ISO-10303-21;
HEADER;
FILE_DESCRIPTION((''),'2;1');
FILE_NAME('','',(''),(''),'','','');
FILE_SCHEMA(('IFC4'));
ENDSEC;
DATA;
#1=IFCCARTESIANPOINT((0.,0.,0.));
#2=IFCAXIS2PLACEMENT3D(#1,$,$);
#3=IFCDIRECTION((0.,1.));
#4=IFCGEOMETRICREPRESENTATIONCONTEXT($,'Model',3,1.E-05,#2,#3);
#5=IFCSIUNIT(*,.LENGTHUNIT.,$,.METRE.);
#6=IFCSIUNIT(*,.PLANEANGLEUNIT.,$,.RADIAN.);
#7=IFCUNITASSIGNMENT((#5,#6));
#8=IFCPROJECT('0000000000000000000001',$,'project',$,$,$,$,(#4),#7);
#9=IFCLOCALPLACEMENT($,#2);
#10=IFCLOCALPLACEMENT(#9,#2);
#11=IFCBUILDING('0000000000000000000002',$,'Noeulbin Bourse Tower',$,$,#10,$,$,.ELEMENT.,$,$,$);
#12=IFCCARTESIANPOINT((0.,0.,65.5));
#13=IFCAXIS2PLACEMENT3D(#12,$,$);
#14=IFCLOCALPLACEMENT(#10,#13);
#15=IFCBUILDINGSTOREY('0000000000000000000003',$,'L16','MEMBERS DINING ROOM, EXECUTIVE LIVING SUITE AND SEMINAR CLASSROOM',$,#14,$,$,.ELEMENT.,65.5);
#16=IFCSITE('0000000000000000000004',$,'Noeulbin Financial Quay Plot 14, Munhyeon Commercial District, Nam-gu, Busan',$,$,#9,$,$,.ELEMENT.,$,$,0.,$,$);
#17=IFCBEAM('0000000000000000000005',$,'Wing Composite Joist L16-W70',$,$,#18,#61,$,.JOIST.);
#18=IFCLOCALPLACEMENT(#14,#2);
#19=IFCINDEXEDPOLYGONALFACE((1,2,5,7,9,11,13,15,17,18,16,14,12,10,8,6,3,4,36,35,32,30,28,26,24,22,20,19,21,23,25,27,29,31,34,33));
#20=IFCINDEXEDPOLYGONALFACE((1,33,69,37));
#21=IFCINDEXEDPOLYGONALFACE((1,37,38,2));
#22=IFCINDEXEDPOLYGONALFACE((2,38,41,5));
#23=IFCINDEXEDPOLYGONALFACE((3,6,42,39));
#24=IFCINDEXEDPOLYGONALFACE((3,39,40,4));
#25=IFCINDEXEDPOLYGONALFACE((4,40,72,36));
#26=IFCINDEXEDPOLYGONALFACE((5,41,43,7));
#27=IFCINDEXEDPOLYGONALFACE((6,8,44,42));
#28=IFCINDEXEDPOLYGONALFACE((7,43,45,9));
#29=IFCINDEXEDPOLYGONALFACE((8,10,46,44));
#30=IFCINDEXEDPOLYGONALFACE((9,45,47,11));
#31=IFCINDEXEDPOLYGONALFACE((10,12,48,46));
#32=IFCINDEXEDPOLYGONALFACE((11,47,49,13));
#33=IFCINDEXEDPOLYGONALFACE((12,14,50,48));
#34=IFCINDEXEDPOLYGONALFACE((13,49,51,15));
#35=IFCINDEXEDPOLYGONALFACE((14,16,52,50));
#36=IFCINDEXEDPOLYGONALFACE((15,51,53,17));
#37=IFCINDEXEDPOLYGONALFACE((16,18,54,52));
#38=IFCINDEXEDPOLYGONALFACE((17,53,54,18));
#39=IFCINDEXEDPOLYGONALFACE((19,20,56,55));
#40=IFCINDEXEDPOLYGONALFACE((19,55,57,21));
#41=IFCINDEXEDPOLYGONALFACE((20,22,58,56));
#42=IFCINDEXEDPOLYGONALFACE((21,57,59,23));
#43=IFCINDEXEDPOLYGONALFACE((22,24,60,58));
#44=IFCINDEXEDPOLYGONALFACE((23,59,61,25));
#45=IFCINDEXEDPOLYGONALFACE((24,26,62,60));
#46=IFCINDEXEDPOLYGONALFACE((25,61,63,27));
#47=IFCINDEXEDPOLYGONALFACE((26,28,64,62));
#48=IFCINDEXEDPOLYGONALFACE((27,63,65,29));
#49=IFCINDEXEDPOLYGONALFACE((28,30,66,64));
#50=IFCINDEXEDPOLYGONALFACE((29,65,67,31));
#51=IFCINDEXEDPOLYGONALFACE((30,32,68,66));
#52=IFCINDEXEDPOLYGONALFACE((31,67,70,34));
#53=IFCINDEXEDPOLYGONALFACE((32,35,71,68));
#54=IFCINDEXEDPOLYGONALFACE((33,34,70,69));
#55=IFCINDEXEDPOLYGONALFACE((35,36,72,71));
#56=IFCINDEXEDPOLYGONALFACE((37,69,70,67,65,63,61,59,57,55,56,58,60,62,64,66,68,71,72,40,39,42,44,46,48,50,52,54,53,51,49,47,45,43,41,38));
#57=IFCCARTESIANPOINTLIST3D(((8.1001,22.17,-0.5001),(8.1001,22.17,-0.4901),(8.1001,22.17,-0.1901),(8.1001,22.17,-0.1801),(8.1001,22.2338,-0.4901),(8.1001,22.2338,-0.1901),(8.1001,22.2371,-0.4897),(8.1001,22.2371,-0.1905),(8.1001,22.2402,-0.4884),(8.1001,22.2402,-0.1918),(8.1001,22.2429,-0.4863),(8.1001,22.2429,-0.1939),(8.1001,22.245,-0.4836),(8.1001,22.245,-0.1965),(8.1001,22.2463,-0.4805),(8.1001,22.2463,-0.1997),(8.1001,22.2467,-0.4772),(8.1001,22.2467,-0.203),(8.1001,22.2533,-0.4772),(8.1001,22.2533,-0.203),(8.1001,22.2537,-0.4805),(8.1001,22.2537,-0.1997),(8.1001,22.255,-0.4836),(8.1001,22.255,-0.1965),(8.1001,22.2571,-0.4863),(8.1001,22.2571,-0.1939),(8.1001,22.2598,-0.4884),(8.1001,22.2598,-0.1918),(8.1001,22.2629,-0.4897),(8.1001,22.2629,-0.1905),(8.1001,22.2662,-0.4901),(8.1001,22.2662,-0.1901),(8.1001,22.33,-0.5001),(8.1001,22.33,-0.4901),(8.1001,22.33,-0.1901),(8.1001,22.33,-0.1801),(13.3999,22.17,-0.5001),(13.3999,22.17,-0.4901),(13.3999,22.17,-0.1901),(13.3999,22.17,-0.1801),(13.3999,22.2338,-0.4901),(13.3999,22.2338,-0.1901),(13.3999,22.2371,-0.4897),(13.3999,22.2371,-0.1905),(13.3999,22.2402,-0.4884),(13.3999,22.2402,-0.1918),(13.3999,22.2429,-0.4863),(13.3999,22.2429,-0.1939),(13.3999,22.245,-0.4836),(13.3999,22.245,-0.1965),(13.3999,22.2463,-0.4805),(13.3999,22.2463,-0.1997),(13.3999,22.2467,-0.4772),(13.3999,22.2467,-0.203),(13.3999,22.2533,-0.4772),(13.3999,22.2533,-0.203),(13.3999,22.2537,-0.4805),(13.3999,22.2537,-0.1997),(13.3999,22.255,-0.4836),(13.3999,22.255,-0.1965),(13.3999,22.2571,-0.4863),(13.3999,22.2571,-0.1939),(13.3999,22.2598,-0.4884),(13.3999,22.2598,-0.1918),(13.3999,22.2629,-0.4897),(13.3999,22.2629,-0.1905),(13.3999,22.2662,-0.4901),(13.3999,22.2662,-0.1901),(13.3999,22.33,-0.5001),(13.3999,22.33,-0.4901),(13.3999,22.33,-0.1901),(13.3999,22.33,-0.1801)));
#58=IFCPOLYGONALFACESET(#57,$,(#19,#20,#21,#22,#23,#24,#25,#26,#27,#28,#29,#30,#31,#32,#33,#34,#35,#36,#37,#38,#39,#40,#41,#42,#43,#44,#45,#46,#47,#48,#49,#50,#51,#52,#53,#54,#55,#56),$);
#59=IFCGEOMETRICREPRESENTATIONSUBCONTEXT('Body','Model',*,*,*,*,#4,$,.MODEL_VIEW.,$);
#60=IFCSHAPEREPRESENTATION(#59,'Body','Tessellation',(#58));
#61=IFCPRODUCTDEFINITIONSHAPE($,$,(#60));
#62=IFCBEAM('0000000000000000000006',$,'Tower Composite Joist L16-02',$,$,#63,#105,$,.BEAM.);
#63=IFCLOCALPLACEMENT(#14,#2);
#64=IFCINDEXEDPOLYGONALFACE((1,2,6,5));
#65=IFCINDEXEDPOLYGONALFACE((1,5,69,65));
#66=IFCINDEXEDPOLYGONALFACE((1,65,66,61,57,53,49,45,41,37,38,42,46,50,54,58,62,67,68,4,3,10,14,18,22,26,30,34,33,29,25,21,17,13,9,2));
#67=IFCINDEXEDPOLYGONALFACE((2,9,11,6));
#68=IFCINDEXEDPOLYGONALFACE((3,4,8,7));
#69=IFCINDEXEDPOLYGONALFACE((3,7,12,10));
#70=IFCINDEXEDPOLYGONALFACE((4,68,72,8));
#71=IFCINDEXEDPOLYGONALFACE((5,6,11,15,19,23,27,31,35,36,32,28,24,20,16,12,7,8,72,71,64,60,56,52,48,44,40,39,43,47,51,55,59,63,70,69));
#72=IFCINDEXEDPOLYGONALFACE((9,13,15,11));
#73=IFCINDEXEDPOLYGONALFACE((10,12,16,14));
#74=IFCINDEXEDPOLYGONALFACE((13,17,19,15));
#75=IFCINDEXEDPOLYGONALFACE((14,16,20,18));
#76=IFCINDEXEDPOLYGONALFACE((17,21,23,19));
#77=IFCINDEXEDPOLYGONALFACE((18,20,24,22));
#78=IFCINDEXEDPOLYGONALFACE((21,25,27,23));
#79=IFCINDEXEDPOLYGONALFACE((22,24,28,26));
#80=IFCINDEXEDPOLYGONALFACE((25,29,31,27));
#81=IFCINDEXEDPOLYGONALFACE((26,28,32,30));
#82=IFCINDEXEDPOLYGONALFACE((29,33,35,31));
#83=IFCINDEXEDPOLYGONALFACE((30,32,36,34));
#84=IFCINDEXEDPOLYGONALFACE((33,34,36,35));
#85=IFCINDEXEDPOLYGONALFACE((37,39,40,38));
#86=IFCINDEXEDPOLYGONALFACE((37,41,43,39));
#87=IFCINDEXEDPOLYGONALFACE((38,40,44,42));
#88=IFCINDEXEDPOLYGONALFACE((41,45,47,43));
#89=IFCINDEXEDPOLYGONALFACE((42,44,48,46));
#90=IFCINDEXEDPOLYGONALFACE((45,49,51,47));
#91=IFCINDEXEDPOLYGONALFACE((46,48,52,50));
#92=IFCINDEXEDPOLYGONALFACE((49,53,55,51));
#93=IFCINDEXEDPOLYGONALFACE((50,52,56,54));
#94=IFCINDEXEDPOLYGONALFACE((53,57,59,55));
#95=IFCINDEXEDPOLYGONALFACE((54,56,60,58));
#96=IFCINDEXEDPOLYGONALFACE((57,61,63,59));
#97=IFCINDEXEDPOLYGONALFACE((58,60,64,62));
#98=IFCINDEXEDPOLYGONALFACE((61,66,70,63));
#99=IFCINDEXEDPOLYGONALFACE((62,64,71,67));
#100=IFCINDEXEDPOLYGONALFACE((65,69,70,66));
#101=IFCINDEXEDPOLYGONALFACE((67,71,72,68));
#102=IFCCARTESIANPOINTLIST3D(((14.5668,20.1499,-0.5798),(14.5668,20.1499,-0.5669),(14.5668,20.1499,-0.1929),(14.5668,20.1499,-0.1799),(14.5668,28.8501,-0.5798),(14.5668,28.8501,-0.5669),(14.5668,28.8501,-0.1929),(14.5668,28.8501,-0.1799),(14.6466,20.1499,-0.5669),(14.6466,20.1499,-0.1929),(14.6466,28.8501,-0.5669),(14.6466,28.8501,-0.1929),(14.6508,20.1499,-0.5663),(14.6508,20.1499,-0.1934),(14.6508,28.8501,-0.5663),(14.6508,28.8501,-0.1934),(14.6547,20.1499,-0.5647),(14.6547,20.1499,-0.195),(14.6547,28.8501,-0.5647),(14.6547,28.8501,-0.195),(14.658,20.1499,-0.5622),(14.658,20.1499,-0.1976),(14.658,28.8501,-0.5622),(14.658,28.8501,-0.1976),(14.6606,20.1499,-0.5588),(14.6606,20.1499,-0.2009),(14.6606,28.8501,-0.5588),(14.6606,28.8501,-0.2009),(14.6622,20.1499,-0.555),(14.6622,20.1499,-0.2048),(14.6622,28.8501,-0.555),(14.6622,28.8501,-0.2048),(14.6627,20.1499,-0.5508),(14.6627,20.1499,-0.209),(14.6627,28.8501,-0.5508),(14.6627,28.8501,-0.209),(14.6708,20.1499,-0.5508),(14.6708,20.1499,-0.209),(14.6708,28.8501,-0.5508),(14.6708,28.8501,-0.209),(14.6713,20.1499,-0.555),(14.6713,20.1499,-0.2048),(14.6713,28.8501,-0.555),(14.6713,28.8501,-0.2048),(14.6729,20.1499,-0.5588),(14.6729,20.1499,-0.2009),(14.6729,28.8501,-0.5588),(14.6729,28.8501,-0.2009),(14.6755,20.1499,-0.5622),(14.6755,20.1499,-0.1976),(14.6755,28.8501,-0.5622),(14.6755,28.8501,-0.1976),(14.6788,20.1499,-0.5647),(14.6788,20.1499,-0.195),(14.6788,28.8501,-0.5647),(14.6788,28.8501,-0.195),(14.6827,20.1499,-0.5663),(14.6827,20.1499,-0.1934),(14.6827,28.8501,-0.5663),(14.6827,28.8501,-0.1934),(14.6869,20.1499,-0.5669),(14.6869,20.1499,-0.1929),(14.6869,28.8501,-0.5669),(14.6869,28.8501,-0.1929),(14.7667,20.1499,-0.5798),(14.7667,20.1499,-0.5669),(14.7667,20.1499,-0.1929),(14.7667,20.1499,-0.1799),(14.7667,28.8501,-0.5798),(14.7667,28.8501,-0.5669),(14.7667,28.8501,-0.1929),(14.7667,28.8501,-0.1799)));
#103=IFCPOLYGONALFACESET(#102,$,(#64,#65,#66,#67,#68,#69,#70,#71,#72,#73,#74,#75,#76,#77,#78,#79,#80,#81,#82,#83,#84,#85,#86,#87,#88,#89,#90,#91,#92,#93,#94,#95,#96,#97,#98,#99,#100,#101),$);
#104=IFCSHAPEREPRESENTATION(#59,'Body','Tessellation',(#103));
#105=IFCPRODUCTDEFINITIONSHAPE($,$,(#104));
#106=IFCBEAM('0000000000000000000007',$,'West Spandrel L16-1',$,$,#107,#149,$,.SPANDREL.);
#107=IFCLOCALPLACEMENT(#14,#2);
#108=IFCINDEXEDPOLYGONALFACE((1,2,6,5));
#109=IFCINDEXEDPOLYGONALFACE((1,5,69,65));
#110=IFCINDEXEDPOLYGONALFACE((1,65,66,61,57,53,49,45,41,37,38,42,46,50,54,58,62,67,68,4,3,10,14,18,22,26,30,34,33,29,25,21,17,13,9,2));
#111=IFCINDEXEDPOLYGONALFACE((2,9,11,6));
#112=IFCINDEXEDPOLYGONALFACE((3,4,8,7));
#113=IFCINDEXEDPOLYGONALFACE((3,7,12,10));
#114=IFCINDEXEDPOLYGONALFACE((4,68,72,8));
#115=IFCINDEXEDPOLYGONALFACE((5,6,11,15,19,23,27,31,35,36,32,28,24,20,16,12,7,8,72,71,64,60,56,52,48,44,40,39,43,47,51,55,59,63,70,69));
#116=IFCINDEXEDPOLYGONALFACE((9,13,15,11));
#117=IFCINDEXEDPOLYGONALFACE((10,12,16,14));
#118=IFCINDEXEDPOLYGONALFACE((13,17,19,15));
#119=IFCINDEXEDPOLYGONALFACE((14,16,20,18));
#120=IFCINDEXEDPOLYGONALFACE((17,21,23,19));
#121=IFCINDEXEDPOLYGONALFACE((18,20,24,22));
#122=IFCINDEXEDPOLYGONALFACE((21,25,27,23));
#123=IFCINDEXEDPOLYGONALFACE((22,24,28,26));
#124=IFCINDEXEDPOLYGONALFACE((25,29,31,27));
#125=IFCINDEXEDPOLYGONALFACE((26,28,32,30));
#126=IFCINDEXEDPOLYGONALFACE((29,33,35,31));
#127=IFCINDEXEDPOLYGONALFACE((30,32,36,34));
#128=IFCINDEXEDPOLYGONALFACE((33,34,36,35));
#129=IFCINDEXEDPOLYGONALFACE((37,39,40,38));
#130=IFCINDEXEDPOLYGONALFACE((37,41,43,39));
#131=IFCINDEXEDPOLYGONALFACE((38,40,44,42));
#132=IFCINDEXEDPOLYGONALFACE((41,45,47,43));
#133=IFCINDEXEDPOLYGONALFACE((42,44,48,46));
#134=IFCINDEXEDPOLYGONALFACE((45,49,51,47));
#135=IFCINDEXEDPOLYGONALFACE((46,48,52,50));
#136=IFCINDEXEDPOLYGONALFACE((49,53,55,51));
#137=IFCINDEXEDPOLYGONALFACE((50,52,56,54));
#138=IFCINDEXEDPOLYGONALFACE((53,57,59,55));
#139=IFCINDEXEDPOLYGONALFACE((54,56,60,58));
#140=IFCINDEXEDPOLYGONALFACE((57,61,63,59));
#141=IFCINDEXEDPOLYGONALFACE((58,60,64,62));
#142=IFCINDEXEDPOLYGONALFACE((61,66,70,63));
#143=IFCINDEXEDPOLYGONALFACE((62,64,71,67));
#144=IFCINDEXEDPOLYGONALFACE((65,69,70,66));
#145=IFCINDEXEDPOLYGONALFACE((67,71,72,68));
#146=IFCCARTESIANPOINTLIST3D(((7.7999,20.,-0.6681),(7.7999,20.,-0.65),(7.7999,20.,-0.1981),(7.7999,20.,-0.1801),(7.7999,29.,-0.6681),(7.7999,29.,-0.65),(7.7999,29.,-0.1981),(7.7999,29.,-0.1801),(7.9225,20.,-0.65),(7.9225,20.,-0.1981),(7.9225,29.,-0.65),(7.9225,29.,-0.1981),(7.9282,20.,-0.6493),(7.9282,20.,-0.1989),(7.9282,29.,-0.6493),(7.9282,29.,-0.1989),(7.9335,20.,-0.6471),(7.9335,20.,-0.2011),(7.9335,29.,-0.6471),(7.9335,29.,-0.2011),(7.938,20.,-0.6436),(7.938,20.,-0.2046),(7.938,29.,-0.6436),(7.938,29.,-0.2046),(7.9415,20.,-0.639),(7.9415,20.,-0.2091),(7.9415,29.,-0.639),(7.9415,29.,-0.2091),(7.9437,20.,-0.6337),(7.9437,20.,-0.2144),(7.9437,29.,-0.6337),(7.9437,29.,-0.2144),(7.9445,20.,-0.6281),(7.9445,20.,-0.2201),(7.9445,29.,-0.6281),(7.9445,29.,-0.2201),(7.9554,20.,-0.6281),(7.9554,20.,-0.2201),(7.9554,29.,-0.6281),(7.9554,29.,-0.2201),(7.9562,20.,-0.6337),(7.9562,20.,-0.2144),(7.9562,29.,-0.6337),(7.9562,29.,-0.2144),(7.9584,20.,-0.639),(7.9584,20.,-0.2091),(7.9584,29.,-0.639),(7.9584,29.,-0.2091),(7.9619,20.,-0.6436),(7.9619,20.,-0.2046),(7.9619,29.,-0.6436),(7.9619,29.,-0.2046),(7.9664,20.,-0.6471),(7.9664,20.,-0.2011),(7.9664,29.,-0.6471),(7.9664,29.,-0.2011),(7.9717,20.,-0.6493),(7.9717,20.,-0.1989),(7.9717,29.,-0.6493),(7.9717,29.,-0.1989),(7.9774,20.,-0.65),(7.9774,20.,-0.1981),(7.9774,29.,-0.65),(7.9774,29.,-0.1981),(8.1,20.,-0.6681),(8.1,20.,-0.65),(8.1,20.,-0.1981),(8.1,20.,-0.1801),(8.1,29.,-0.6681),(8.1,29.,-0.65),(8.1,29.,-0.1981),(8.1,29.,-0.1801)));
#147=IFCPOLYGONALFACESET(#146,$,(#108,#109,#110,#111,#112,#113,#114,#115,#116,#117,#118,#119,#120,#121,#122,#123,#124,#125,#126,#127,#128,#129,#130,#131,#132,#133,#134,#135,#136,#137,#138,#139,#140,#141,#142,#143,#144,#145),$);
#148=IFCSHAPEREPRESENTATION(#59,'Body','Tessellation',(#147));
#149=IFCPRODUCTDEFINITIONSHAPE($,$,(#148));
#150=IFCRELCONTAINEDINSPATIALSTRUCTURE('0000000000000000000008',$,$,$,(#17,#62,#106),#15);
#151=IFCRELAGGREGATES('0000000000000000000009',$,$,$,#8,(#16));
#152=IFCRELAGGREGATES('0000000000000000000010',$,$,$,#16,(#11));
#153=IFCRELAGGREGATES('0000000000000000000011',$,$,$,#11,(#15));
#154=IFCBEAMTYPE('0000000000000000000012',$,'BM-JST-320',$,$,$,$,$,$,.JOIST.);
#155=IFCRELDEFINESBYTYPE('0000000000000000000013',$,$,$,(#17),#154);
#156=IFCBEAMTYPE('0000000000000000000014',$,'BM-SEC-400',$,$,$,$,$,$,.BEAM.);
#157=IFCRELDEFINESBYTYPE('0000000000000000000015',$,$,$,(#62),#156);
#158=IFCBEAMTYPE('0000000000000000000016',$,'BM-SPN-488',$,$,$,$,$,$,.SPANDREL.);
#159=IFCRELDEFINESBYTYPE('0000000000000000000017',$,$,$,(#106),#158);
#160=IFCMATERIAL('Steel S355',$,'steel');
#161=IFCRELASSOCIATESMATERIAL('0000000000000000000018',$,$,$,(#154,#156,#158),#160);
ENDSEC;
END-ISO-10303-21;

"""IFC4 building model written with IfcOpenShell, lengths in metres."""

from ifc_helpers import new_model, si_unit, direction, frame, origin, origin_2d, place, context, subcontext, project, spatial, i_section, extrude, material, material_profile, profile_set, type_object, element, save


model = new_model("IFC4")

# Units and contexts
model_context = context("Model", 3, precision=1e-05, world=origin(), true_north=direction((0.0, 1.0)))
body_context = subcontext(model_context, "Body", "Model", "MODEL_VIEW")
ifc_project = project(units=[si_unit("LENGTHUNIT", "METRE"), si_unit("PLANEANGLEUNIT", "RADIAN")], contexts=[model_context])

# Site, building, storey
site_placement = place(None, origin())
site = spatial("IfcSite", under=ifc_project, at=site_placement, Name="Noeulbin Financial Quay Plot 14, Munhyeon Commercial District, Nam-gu, Busan", CompositionType="ELEMENT", RefElevation=0.0)
building_placement = place(site_placement, origin())
building = spatial("IfcBuilding", under=site, at=building_placement, Name="Noeulbin Bourse Tower", CompositionType="ELEMENT")
storey_placement = place(building_placement, frame((0.0, 0.0, 65.5)))
storey = spatial("IfcBuildingStorey", under=building, at=storey_placement, Name="L16", Description="MEMBERS DINING ROOM, EXECUTIVE LIVING SUITE AND SEMINAR CLASSROOM", CompositionType="ELEMENT", Elevation=65.5)

# Beams
ifc_material_1 = material(Name="Steel S355", Category="steel")
ifc_material_profile_1 = material_profile(ifc_material_1, i_section(OverallWidth=0.1599, OverallDepth=0.3201, WebThickness=0.0066, FlangeThickness=0.01, FilletRadius=0.0129, at=origin_2d()), Name="H-320x160x6.5x10", Category="LoadBearing")
ifc_profile_set_1 = profile_set([ifc_material_profile_1], Name="Steel S355")
beam_type_1 = type_object("IfcBeamType", Name="BM-JST-320", PredefinedType="JOIST", material=ifc_profile_set_1)
beam_1_placement = place(storey_placement, frame((8.1001, 22.25, -0.3401), z_axis=(1.0, 0.0, 0.0), x_axis=(0.0, 1.0, 0.0)))
element("IfcBeam", 1, at=beam_1_placement, inside=storey, type_object=beam_type_1, Name="Wing Composite Joist L16-W70", PredefinedType="JOIST", context=body_context, shape_type="SweptSolid", body=[
    extrude(i_section(OverallWidth=0.1599, OverallDepth=0.3201, WebThickness=0.0066, FlangeThickness=0.01, FilletRadius=0.0129, at=origin_2d()), origin(), (0.0, 0.0, 1.0), 5.2998),
])
ifc_material_profile_2 = material_profile(ifc_material_1, i_section(OverallWidth=0.2, OverallDepth=0.3999, WebThickness=0.0081, FlangeThickness=0.0129, FilletRadius=0.0161, at=origin_2d()), Name="H-400x200x8x13", Category="LoadBearing")
ifc_profile_set_2 = profile_set([ifc_material_profile_2], Name="Steel S355")
beam_type_2 = type_object("IfcBeamType", Name="BM-SEC-400", PredefinedType="BEAM", material=ifc_profile_set_2)
beam_2_placement = place(storey_placement, frame((14.6667, 20.1499, -0.3799), z_axis=(0.0, 1.0, 0.0), x_axis=(-1.0, 0.0, 0.0)))
element("IfcBeam", 2, at=beam_2_placement, inside=storey, type_object=beam_type_2, Name="Tower Composite Joist L16-02", PredefinedType="BEAM", context=body_context, shape_type="SweptSolid", body=[
    extrude(i_section(OverallWidth=0.2, OverallDepth=0.3999, WebThickness=0.0081, FlangeThickness=0.0129, FilletRadius=0.0161, at=origin_2d()), origin(), (0.0, 0.0, 1.0), 8.7002),
])
ifc_material_profile_3 = material_profile(ifc_material_1, i_section(OverallWidth=0.3, OverallDepth=0.488, WebThickness=0.011, FlangeThickness=0.0181, FilletRadius=0.022, at=origin_2d()), Name="H-488x300x11x18", Category="LoadBearing")
ifc_profile_set_3 = profile_set([ifc_material_profile_3], Name="Steel S355")
beam_type_3 = type_object("IfcBeamType", Name="BM-SPN-488", PredefinedType="SPANDREL", material=ifc_profile_set_3)
beam_3_placement = place(storey_placement, frame((7.95, 20.0, -0.4241), z_axis=(0.0, 1.0, 0.0), x_axis=(-1.0, 0.0, 0.0)))
element("IfcBeam", 3, at=beam_3_placement, inside=storey, type_object=beam_type_3, Name="West Spandrel L16-1", PredefinedType="SPANDREL", context=body_context, shape_type="SweptSolid", body=[
    extrude(i_section(OverallWidth=0.3, OverallDepth=0.488, WebThickness=0.011, FlangeThickness=0.0181, FilletRadius=0.022, at=origin_2d()), origin(), (0.0, 0.0, 1.0), 9.0),
])

save(model, "model.ifc")
